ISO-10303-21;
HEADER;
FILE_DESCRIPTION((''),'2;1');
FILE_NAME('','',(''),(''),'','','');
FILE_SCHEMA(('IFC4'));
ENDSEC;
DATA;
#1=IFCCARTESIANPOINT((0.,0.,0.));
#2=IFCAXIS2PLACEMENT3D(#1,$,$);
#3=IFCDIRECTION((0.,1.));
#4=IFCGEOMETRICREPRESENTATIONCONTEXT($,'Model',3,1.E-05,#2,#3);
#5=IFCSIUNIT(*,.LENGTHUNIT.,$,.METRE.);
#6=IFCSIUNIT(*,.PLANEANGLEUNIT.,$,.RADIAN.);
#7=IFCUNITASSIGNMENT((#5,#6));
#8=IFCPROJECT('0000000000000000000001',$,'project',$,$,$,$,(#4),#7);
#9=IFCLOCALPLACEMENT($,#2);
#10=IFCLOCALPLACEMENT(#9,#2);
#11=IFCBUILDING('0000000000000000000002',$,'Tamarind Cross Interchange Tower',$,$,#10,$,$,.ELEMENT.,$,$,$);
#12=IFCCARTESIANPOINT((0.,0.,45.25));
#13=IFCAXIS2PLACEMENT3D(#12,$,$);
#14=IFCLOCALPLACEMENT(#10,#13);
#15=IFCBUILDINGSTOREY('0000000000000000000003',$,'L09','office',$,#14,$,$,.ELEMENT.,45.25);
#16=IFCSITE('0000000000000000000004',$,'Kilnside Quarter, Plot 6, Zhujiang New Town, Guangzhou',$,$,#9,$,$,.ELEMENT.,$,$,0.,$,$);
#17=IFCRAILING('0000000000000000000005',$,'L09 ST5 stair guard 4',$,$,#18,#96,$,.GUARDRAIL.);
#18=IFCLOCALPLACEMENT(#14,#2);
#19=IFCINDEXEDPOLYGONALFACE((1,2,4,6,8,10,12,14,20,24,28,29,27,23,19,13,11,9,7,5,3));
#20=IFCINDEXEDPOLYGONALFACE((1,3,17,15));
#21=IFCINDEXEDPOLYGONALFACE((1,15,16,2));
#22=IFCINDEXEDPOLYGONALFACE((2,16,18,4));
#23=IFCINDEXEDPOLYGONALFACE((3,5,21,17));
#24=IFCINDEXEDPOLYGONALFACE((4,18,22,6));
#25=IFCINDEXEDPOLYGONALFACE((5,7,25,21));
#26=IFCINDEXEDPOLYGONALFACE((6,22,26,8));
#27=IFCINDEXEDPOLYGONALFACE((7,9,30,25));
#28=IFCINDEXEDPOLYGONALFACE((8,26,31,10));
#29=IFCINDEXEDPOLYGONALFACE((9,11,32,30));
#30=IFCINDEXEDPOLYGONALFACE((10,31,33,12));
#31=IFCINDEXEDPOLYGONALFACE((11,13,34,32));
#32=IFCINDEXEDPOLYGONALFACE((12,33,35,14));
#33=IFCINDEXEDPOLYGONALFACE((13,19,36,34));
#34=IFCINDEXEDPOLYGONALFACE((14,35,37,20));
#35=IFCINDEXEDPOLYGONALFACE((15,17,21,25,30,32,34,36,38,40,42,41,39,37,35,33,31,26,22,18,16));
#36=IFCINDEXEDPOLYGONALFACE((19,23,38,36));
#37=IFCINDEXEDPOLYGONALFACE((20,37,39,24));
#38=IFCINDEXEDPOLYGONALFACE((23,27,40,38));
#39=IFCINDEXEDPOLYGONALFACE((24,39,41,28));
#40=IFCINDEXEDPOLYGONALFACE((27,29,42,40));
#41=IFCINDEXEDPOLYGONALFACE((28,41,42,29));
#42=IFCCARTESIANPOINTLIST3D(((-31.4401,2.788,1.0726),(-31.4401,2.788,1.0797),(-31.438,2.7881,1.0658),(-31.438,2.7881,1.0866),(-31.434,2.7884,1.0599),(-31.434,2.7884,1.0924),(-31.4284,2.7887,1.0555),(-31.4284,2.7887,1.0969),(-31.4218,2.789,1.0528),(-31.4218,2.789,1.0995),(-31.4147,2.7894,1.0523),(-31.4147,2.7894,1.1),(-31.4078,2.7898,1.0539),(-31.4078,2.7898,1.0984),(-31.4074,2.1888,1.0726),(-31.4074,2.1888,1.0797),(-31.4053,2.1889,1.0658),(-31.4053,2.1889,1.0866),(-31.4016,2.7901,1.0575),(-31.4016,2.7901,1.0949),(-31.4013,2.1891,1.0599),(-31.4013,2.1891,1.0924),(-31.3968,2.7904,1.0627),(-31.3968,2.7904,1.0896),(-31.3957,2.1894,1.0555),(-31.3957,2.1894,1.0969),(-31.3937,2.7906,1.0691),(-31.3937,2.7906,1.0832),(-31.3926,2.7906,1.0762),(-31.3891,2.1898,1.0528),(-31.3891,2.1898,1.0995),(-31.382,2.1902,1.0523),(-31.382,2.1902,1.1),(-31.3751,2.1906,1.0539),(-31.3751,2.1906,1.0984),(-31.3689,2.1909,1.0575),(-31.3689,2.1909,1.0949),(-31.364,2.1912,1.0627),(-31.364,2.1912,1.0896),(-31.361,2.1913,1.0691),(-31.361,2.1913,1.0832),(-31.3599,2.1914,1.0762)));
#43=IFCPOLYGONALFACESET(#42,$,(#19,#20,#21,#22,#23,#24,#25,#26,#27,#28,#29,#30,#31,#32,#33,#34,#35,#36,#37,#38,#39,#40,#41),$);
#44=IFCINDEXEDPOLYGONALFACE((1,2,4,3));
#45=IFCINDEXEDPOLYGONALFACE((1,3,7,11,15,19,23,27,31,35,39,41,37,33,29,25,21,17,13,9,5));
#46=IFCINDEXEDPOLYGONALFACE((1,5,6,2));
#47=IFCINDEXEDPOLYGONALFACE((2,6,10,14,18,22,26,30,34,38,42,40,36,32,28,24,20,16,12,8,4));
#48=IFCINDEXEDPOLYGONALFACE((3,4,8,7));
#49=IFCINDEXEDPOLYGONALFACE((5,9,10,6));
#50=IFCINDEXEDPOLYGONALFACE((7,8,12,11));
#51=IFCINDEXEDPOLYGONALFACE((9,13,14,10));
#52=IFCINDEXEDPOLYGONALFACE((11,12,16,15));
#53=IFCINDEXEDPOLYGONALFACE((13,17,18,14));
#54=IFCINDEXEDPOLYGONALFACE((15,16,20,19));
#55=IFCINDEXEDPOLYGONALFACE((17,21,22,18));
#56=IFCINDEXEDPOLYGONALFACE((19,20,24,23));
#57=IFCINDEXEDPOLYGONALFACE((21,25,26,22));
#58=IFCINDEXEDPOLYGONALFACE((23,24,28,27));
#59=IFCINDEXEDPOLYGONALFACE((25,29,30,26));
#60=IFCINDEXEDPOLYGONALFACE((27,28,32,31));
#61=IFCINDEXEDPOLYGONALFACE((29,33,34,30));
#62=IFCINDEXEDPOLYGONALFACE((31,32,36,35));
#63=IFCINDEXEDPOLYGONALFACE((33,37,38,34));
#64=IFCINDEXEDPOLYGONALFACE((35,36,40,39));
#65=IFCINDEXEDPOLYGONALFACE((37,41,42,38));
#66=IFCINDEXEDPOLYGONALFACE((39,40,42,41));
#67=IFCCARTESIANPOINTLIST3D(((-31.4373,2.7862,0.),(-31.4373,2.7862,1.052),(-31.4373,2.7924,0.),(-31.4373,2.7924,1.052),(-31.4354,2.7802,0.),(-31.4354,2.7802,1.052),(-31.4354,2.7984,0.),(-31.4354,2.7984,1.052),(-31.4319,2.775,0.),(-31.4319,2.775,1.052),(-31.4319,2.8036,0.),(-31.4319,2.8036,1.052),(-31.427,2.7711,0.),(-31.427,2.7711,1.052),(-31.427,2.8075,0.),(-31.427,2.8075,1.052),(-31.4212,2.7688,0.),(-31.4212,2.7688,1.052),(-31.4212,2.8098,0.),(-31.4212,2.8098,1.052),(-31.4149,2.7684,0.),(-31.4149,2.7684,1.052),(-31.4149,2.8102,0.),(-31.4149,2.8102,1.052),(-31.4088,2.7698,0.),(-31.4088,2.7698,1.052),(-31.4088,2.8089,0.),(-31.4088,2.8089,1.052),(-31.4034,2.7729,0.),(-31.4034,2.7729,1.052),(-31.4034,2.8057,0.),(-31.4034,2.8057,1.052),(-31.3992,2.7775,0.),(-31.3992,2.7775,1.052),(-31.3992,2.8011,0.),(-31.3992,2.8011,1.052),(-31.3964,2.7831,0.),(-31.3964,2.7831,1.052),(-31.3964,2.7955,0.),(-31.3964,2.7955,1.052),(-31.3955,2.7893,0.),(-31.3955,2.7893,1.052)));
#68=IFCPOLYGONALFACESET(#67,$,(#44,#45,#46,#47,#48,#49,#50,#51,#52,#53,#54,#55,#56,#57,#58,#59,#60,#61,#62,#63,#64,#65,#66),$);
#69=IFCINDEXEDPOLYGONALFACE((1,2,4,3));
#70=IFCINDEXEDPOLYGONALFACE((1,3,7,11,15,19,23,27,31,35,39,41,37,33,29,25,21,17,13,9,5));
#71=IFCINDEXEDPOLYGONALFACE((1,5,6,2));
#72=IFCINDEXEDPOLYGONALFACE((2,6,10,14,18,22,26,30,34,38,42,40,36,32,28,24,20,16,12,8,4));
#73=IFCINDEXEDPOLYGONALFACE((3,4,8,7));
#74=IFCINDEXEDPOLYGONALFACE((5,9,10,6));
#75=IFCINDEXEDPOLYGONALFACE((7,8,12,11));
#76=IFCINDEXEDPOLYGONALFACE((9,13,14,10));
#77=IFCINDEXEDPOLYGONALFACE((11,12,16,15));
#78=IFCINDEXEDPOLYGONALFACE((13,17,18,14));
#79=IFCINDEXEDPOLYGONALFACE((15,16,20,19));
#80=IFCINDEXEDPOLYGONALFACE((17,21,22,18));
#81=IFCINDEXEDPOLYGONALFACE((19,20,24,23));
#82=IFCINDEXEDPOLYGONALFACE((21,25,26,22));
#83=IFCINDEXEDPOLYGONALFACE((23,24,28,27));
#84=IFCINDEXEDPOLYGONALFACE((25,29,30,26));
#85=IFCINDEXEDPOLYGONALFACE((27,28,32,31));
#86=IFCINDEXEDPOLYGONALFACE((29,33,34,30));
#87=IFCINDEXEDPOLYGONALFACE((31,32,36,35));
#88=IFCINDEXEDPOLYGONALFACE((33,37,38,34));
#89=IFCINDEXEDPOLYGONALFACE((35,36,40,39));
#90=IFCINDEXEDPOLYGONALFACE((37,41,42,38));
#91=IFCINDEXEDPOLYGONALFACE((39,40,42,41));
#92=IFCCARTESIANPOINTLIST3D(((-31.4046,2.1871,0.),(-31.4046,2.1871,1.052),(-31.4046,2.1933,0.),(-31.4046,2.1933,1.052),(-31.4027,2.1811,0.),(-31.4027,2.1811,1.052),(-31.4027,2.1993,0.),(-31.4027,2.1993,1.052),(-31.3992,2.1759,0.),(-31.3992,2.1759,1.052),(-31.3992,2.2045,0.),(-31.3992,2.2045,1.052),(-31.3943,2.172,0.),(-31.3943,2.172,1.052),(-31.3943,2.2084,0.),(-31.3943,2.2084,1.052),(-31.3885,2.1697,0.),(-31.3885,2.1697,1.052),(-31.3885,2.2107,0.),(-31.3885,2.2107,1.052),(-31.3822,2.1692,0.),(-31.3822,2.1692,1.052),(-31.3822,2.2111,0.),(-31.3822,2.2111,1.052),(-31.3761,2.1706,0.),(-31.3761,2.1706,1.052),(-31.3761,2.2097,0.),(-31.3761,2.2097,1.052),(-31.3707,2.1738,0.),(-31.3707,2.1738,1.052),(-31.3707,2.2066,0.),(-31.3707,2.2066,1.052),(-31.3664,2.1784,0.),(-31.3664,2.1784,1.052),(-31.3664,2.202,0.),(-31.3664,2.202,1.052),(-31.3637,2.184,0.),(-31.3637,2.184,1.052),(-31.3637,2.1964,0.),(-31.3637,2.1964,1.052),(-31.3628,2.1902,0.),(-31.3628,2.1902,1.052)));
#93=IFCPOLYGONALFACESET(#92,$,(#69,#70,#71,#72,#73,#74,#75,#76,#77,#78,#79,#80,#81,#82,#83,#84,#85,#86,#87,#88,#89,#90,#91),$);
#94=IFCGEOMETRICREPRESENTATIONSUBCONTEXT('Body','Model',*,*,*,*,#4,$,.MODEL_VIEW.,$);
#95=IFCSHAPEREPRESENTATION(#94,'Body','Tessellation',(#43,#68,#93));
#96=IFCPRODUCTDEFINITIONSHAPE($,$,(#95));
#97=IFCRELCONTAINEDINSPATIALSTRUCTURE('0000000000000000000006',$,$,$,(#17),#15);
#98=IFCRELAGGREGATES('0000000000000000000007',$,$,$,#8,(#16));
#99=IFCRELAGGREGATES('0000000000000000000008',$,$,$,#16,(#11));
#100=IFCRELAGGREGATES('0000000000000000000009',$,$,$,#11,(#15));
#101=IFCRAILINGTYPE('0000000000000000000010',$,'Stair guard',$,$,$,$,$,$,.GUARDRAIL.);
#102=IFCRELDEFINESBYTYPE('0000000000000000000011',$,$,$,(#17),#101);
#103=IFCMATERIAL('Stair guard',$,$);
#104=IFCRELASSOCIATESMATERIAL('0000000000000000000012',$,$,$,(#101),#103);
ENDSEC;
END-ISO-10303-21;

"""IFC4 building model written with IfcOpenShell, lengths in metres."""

from ifc_helpers import new_model, si_unit, direction, frame, origin, origin_2d, place, context, subcontext, project, spatial, circle, extrude, material, type_object, element, save


model = new_model("IFC4")

# Units and contexts
model_context = context("Model", 3, precision=1e-05, world=origin(), true_north=direction((0.0, 1.0)))
body_context = subcontext(model_context, "Body", "Model", "MODEL_VIEW")
ifc_project = project(units=[si_unit("LENGTHUNIT", "METRE"), si_unit("PLANEANGLEUNIT", "RADIAN")], contexts=[model_context])

# Site, building, storey
site_placement = place(None, origin())
site = spatial("IfcSite", under=ifc_project, at=site_placement, Name="Kilnside Quarter, Plot 6, Zhujiang New Town, Guangzhou", CompositionType="ELEMENT", RefElevation=0.0)
building_placement = place(site_placement, origin())
building = spatial("IfcBuilding", under=site, at=building_placement, Name="Tamarind Cross Interchange Tower", CompositionType="ELEMENT")
storey_placement = place(building_placement, frame((0.0, 0.0, 45.25)))
storey = spatial("IfcBuildingStorey", under=building, at=storey_placement, Name="L09", Description="office", CompositionType="ELEMENT", Elevation=45.25)

# Railing
ifc_material_1 = material(Name="Stair guard")
railing_type_1 = type_object("IfcRailingType", Name="Stair guard", PredefinedType="GUARDRAIL", material=ifc_material_1)
railing_1_placement = place(storey_placement, frame((-31.4165, 2.7893, 0.0)))
element("IfcRailing", 1, at=railing_1_placement, inside=storey, type_object=railing_type_1, Name="L09 ST5 stair guard 4", PredefinedType="GUARDRAIL", context=body_context, shape_type="SweptSolid", body=[
    extrude(circle(Radius=0.0239, at=origin_2d()), frame((0.0, 0.0, 1.0762), z_axis=(0.054524, -0.998512, 0.0), x_axis=(0.998512, 0.054524, 0.0)), (0.0, 0.0, 1.0), 0.6001),
    extrude(circle(Radius=0.021, at=origin_2d()), origin(), (0.0, 0.0, 1.0), 1.052),
    extrude(circle(Radius=0.021, at=origin_2d()), frame((0.0327, -0.5991, 0.0)), (0.0, 0.0, 1.0), 1.052),
])

save(model, "model.ifc")
